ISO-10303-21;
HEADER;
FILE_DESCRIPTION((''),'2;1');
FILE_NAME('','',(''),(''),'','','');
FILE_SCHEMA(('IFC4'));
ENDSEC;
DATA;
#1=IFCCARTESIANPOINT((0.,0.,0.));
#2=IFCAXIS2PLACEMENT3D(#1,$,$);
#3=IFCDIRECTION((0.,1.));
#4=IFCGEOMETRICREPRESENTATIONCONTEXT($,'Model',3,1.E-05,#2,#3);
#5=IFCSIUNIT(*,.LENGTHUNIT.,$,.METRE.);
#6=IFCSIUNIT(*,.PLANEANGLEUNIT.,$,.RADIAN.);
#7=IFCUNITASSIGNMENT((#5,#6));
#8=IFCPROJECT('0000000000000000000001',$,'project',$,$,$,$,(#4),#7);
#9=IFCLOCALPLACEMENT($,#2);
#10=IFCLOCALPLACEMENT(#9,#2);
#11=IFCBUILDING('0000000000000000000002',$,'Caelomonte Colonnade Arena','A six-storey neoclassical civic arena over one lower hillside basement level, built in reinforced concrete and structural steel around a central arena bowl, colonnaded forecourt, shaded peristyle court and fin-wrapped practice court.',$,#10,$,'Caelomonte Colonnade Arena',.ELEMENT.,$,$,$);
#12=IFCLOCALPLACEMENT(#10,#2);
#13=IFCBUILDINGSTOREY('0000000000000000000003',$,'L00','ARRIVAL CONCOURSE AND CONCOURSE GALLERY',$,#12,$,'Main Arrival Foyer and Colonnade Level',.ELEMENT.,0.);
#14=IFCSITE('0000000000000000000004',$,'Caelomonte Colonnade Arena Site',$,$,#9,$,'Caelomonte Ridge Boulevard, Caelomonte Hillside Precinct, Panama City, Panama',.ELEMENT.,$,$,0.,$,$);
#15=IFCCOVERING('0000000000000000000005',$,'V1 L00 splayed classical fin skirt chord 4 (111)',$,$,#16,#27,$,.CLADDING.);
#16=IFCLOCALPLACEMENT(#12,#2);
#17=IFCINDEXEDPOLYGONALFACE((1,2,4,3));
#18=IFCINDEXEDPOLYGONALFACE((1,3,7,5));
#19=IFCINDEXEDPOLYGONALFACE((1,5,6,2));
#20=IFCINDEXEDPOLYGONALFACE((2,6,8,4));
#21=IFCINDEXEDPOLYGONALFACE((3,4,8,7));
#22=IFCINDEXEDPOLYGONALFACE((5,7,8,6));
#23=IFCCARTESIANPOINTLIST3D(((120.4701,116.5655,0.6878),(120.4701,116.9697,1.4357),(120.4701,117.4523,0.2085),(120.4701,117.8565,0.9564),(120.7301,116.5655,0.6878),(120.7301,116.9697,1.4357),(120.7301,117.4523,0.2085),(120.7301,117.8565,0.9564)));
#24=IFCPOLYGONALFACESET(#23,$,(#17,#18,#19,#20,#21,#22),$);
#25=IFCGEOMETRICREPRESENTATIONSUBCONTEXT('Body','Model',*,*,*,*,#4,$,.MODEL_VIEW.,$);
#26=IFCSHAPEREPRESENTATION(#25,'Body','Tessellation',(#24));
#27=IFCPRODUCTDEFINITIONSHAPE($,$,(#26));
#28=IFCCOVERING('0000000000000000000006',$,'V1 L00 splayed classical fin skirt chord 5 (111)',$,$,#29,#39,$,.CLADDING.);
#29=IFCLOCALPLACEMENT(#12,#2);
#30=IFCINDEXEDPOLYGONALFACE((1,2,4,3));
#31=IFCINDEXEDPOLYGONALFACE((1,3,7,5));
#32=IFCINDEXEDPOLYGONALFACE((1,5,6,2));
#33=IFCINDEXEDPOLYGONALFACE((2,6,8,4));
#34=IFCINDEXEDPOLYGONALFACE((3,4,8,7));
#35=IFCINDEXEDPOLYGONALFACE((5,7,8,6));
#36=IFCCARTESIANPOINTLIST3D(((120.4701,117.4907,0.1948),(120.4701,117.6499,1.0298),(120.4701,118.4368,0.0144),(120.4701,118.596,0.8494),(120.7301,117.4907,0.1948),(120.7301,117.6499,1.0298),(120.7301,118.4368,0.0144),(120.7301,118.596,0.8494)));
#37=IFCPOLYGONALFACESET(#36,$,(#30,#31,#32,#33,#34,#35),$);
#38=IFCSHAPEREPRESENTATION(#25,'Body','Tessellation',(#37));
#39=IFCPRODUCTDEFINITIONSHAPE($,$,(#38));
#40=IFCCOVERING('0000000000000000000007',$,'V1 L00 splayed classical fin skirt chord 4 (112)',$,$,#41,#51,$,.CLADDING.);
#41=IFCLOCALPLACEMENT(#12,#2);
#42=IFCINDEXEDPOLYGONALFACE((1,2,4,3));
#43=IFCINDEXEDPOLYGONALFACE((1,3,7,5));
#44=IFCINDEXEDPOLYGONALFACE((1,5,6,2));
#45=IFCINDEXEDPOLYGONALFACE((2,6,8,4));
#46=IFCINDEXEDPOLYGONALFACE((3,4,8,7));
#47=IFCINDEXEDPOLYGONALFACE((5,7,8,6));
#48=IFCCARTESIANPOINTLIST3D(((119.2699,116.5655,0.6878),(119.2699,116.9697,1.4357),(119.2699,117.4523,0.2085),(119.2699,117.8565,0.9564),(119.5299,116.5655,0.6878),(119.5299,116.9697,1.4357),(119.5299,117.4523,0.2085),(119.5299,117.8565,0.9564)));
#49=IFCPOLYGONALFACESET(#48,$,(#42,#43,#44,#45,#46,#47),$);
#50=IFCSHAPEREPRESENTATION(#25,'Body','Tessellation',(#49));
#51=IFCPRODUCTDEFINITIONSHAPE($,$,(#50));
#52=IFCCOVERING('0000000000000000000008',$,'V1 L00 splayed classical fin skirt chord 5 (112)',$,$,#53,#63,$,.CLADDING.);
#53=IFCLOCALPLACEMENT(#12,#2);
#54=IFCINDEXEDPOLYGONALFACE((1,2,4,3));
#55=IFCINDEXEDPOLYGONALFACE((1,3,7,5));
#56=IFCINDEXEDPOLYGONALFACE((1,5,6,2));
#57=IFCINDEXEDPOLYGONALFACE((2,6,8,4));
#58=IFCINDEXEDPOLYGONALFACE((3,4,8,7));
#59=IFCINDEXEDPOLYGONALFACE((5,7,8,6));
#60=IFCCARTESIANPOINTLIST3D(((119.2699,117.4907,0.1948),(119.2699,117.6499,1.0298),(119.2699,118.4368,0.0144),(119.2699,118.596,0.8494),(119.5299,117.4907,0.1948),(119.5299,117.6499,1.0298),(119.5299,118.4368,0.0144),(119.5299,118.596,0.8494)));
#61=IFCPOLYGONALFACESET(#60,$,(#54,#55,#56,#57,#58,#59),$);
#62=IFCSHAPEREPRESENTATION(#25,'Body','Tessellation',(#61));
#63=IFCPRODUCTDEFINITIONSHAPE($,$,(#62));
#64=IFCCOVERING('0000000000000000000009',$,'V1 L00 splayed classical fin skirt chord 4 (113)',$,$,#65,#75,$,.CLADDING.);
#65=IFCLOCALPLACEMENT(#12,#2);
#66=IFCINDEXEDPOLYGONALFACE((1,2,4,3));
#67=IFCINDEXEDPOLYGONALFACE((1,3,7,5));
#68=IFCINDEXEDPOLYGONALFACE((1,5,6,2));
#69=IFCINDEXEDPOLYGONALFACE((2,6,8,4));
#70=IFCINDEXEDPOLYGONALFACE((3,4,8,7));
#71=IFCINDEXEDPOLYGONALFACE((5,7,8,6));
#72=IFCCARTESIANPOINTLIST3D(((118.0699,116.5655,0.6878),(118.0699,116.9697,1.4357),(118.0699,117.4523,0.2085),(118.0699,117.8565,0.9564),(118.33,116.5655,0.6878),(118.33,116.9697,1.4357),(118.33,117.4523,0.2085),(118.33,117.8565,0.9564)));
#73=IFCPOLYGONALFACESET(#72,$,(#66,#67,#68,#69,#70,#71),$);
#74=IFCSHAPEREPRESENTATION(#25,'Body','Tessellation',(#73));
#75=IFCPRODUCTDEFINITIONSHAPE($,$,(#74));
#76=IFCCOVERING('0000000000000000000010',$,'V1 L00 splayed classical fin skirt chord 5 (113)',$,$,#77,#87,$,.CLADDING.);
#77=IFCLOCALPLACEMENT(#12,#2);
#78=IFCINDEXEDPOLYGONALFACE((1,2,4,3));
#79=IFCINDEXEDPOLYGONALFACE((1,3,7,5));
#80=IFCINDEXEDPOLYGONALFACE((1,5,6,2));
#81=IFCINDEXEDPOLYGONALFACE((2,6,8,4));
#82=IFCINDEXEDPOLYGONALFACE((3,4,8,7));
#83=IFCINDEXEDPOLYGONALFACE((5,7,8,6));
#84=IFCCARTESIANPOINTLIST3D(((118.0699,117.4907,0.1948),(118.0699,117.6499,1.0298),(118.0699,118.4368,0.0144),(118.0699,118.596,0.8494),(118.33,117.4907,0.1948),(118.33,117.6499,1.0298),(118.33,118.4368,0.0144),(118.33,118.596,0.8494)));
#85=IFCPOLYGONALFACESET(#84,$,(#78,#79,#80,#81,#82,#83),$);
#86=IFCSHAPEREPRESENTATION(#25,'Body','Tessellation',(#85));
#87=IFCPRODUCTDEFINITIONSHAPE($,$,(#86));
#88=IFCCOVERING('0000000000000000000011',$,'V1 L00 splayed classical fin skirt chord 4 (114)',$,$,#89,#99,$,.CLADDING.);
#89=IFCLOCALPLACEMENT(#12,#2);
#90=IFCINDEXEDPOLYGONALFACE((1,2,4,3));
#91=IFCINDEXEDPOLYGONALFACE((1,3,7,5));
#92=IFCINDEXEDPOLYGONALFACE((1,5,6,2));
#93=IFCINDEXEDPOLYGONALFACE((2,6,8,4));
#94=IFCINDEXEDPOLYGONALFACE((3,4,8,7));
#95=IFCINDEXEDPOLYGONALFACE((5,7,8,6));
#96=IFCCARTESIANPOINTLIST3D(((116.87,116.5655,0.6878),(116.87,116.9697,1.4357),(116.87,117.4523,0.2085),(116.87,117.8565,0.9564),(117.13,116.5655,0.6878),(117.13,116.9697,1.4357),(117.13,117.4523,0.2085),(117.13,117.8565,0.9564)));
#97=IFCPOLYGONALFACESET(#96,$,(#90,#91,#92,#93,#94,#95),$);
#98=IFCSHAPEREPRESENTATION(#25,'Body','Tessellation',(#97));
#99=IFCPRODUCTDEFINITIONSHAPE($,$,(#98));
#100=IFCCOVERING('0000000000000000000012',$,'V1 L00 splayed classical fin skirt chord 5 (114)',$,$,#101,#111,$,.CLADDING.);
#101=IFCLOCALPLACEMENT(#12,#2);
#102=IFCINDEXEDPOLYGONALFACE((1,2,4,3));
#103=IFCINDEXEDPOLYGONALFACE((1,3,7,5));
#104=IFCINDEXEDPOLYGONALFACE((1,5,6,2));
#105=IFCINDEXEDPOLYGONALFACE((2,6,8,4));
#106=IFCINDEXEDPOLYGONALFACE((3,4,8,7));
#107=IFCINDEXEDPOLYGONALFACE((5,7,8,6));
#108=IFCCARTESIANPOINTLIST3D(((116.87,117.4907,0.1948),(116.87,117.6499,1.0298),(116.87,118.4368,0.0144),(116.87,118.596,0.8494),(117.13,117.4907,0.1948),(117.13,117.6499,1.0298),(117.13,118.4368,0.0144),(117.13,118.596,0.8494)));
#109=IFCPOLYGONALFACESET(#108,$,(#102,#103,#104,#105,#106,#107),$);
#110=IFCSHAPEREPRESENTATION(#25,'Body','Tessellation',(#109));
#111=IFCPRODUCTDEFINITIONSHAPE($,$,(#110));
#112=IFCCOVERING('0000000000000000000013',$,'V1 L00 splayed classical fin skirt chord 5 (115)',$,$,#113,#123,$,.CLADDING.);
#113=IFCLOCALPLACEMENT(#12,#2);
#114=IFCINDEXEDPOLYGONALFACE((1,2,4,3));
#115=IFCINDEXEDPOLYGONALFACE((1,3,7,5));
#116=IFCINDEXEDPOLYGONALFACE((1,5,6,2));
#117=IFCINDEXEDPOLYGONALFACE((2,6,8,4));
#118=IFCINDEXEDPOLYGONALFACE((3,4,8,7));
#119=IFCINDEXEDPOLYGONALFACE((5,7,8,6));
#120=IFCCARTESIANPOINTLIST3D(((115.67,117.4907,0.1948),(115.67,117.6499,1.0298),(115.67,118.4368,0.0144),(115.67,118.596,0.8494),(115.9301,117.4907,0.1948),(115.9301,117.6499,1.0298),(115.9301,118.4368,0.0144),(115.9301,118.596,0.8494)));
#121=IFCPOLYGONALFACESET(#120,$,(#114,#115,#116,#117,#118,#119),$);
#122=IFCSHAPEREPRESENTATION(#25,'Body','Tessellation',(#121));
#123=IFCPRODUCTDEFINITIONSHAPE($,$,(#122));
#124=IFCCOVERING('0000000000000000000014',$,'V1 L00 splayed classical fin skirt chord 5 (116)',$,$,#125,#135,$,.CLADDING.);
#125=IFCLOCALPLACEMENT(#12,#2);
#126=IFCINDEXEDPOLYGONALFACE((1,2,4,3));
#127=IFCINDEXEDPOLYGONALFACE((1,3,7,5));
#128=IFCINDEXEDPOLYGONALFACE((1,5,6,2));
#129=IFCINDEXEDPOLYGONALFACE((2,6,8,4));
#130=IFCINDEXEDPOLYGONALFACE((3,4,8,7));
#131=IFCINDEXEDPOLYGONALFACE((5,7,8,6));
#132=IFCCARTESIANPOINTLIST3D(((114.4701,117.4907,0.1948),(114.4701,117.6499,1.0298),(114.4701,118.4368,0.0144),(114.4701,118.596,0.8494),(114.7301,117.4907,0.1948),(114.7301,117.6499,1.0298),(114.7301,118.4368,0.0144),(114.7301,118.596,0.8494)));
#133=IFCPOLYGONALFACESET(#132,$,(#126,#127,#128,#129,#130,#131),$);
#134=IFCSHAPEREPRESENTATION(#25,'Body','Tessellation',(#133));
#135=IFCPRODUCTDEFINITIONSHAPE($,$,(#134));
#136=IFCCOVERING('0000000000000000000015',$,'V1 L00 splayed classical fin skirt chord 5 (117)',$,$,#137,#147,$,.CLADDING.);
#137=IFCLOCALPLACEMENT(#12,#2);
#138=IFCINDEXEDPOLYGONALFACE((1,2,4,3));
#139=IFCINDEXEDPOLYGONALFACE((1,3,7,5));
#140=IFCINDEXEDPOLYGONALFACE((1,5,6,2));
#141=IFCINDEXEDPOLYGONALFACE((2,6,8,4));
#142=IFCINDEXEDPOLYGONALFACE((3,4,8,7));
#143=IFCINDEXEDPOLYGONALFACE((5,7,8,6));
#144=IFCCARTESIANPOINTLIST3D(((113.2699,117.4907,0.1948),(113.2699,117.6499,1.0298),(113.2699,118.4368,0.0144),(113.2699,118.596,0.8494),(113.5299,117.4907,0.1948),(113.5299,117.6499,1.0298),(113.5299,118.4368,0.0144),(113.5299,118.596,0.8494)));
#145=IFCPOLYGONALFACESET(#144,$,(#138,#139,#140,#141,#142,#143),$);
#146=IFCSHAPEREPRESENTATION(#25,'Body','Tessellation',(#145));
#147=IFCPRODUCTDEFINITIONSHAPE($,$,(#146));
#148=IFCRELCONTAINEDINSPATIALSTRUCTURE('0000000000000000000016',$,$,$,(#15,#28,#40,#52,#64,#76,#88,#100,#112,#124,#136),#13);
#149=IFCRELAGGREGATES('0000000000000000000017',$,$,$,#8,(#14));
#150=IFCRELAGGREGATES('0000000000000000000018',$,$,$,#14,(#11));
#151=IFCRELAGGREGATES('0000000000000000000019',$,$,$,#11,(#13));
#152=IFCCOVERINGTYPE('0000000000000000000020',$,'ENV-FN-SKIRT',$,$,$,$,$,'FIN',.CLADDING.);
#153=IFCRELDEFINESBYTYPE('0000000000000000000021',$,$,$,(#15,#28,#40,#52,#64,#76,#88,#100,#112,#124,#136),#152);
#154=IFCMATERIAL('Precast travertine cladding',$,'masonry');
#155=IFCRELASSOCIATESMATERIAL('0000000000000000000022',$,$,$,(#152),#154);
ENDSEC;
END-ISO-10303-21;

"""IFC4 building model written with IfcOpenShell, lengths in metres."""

from ifc_helpers import new_model, si_unit, direction, frame, origin, origin_2d, place, context, subcontext, project, spatial, rectangle, extrude, material, material_profile, profile_set, type_object, element, save


model = new_model("IFC4")

# Units and contexts
model_context = context("Model", 3, precision=1e-05, world=origin(), true_north=direction((0.0, 1.0)))
body_context = subcontext(model_context, "Body", "Model", "MODEL_VIEW")
ifc_project = project(units=[si_unit("LENGTHUNIT", "METRE"), si_unit("PLANEANGLEUNIT", "RADIAN")], contexts=[model_context])

# Site, building, storey
site_placement = place(None, origin())
site = spatial("IfcSite", under=ifc_project, at=site_placement, Name="Caelomonte Colonnade Arena Site", LongName="Caelomonte Ridge Boulevard, Caelomonte Hillside Precinct, Panama City, Panama", CompositionType="ELEMENT", RefElevation=0.0)
building_placement = place(site_placement, origin())
building = spatial("IfcBuilding", under=site, at=building_placement, Name="Caelomonte Colonnade Arena", Description="A six-storey neoclassical civic arena over one lower hillside basement level, built in reinforced concrete and structural steel around a central arena bowl, colonnaded forecourt, shaded peristyle court and fin-wrapped practice court.", LongName="Caelomonte Colonnade Arena", CompositionType="ELEMENT")
storey_placement = place(building_placement, origin())
storey = spatial("IfcBuildingStorey", under=building, at=storey_placement, Name="L00", Description="ARRIVAL CONCOURSE AND CONCOURSE GALLERY", LongName="Main Arrival Foyer and Colonnade Level", CompositionType="ELEMENT", Elevation=0.0)

# Coverings
ifc_material = material(Name="Precast travertine cladding", Category="masonry")
ifc_material_profile = material_profile(ifc_material, rectangle(XDim=0.26, YDim=0.8501, at=origin_2d()), Name="FIN260X850")
ifc_profile_set = profile_set([ifc_material_profile], Name="Precast travertine cladding")
covering_type = type_object("IfcCoveringType", Name="ENV-FN-SKIRT", ElementType="FIN", PredefinedType="CLADDING", material=ifc_profile_set)
covering_1_placement = place(storey_placement, frame((120.6001, 116.7676, 1.0618), z_axis=(0.0, 0.879731, -0.475471), x_axis=(-1.0, 0.0, 0.0)))
element("IfcCovering", 1, at=covering_1_placement, inside=storey, type_object=covering_type, Name="V1 L00 splayed classical fin skirt chord 4 (111)", PredefinedType="CLADDING", context=body_context, shape_type="SweptSolid", body=[
    extrude(rectangle(XDim=0.26, YDim=0.8501, at=origin_2d()), origin(), (0.0, 0.0, 1.0), 1.0081),
])
covering_2_placement = place(storey_placement, frame((120.6001, 117.5703, 0.6123), z_axis=(0.0, 0.982296, -0.187333), x_axis=(-1.0, 0.0, 0.0)))
element("IfcCovering", 2, at=covering_2_placement, inside=storey, type_object=covering_type, Name="V1 L00 splayed classical fin skirt chord 5 (111)", PredefinedType="CLADDING", context=body_context, shape_type="SweptSolid", body=[
    extrude(rectangle(XDim=0.26, YDim=0.8501, at=origin_2d()), origin(), (0.0, 0.0, 1.0), 0.9631),
])
covering_3_placement = place(storey_placement, frame((119.3999, 116.7676, 1.0618), z_axis=(0.0, 0.879731, -0.475471), x_axis=(-1.0, 0.0, 0.0)))
element("IfcCovering", 3, at=covering_3_placement, inside=storey, type_object=covering_type, Name="V1 L00 splayed classical fin skirt chord 4 (112)", PredefinedType="CLADDING", context=body_context, shape_type="SweptSolid", body=[
    extrude(rectangle(XDim=0.26, YDim=0.8501, at=origin_2d()), origin(), (0.0, 0.0, 1.0), 1.0081),
])
covering_4_placement = place(storey_placement, frame((119.3999, 117.5703, 0.6123), z_axis=(0.0, 0.982296, -0.187333), x_axis=(-1.0, 0.0, 0.0)))
element("IfcCovering", 4, at=covering_4_placement, inside=storey, type_object=covering_type, Name="V1 L00 splayed classical fin skirt chord 5 (112)", PredefinedType="CLADDING", context=body_context, shape_type="SweptSolid", body=[
    extrude(rectangle(XDim=0.26, YDim=0.8501, at=origin_2d()), origin(), (0.0, 0.0, 1.0), 0.9631),
])
covering_5_placement = place(storey_placement, frame((118.2, 116.7676, 1.0618), z_axis=(0.0, 0.879731, -0.475471), x_axis=(-1.0, 0.0, 0.0)))
element("IfcCovering", 5, at=covering_5_placement, inside=storey, type_object=covering_type, Name="V1 L00 splayed classical fin skirt chord 4 (113)", PredefinedType="CLADDING", context=body_context, shape_type="SweptSolid", body=[
    extrude(rectangle(XDim=0.26, YDim=0.8501, at=origin_2d()), origin(), (0.0, 0.0, 1.0), 1.0081),
])
covering_6_placement = place(storey_placement, frame((118.2, 117.5703, 0.6123), z_axis=(0.0, 0.982296, -0.187333), x_axis=(-1.0, 0.0, 0.0)))
element("IfcCovering", 6, at=covering_6_placement, inside=storey, type_object=covering_type, Name="V1 L00 splayed classical fin skirt chord 5 (113)", PredefinedType="CLADDING", context=body_context, shape_type="SweptSolid", body=[
    extrude(rectangle(XDim=0.26, YDim=0.8501, at=origin_2d()), origin(), (0.0, 0.0, 1.0), 0.9631),
])
covering_7_placement = place(storey_placement, frame((117.0, 116.7676, 1.0618), z_axis=(0.0, 0.879731, -0.475471), x_axis=(-1.0, 0.0, 0.0)))
element("IfcCovering", 7, at=covering_7_placement, inside=storey, type_object=covering_type, Name="V1 L00 splayed classical fin skirt chord 4 (114)", PredefinedType="CLADDING", context=body_context, shape_type="SweptSolid", body=[
    extrude(rectangle(XDim=0.26, YDim=0.8501, at=origin_2d()), origin(), (0.0, 0.0, 1.0), 1.0081),
])
for number, where, z_axis, x_axis, name in (
    (8, (117.0, 117.5703, 0.6123), (0.0, 0.982296, -0.187333), (-1.0, 0.0, 0.0), "V1 L00 splayed classical fin skirt chord 5 (114)"),
    (9, (115.8, 117.5703, 0.6123), (0.0, 0.982296, -0.187333), (-1.0, 0.0, 0.0), "V1 L00 splayed classical fin skirt chord 5 (115)"),
    (10, (114.6001, 117.5703, 0.6123), (0.0, 0.982296, -0.187333), (-1.0, 0.0, 0.0), "V1 L00 splayed classical fin skirt chord 5 (116)"),
    (11, (113.3999, 117.5703, 0.6123), (0.0, 0.982296, -0.187333), (-1.0, 0.0, 0.0), "V1 L00 splayed classical fin skirt chord 5 (117)"),
):
    element("IfcCovering", number, at=place(storey_placement, frame(where, z_axis=z_axis, x_axis=x_axis)), inside=storey, type_object=covering_type, Name=name, PredefinedType="CLADDING", context=body_context, shape_type="SweptSolid", body=[
        extrude(rectangle(XDim=0.26, YDim=0.8501, at=origin_2d()), origin(), (0.0, 0.0, 1.0), 0.9631),
    ])

save(model, "model.ifc")
